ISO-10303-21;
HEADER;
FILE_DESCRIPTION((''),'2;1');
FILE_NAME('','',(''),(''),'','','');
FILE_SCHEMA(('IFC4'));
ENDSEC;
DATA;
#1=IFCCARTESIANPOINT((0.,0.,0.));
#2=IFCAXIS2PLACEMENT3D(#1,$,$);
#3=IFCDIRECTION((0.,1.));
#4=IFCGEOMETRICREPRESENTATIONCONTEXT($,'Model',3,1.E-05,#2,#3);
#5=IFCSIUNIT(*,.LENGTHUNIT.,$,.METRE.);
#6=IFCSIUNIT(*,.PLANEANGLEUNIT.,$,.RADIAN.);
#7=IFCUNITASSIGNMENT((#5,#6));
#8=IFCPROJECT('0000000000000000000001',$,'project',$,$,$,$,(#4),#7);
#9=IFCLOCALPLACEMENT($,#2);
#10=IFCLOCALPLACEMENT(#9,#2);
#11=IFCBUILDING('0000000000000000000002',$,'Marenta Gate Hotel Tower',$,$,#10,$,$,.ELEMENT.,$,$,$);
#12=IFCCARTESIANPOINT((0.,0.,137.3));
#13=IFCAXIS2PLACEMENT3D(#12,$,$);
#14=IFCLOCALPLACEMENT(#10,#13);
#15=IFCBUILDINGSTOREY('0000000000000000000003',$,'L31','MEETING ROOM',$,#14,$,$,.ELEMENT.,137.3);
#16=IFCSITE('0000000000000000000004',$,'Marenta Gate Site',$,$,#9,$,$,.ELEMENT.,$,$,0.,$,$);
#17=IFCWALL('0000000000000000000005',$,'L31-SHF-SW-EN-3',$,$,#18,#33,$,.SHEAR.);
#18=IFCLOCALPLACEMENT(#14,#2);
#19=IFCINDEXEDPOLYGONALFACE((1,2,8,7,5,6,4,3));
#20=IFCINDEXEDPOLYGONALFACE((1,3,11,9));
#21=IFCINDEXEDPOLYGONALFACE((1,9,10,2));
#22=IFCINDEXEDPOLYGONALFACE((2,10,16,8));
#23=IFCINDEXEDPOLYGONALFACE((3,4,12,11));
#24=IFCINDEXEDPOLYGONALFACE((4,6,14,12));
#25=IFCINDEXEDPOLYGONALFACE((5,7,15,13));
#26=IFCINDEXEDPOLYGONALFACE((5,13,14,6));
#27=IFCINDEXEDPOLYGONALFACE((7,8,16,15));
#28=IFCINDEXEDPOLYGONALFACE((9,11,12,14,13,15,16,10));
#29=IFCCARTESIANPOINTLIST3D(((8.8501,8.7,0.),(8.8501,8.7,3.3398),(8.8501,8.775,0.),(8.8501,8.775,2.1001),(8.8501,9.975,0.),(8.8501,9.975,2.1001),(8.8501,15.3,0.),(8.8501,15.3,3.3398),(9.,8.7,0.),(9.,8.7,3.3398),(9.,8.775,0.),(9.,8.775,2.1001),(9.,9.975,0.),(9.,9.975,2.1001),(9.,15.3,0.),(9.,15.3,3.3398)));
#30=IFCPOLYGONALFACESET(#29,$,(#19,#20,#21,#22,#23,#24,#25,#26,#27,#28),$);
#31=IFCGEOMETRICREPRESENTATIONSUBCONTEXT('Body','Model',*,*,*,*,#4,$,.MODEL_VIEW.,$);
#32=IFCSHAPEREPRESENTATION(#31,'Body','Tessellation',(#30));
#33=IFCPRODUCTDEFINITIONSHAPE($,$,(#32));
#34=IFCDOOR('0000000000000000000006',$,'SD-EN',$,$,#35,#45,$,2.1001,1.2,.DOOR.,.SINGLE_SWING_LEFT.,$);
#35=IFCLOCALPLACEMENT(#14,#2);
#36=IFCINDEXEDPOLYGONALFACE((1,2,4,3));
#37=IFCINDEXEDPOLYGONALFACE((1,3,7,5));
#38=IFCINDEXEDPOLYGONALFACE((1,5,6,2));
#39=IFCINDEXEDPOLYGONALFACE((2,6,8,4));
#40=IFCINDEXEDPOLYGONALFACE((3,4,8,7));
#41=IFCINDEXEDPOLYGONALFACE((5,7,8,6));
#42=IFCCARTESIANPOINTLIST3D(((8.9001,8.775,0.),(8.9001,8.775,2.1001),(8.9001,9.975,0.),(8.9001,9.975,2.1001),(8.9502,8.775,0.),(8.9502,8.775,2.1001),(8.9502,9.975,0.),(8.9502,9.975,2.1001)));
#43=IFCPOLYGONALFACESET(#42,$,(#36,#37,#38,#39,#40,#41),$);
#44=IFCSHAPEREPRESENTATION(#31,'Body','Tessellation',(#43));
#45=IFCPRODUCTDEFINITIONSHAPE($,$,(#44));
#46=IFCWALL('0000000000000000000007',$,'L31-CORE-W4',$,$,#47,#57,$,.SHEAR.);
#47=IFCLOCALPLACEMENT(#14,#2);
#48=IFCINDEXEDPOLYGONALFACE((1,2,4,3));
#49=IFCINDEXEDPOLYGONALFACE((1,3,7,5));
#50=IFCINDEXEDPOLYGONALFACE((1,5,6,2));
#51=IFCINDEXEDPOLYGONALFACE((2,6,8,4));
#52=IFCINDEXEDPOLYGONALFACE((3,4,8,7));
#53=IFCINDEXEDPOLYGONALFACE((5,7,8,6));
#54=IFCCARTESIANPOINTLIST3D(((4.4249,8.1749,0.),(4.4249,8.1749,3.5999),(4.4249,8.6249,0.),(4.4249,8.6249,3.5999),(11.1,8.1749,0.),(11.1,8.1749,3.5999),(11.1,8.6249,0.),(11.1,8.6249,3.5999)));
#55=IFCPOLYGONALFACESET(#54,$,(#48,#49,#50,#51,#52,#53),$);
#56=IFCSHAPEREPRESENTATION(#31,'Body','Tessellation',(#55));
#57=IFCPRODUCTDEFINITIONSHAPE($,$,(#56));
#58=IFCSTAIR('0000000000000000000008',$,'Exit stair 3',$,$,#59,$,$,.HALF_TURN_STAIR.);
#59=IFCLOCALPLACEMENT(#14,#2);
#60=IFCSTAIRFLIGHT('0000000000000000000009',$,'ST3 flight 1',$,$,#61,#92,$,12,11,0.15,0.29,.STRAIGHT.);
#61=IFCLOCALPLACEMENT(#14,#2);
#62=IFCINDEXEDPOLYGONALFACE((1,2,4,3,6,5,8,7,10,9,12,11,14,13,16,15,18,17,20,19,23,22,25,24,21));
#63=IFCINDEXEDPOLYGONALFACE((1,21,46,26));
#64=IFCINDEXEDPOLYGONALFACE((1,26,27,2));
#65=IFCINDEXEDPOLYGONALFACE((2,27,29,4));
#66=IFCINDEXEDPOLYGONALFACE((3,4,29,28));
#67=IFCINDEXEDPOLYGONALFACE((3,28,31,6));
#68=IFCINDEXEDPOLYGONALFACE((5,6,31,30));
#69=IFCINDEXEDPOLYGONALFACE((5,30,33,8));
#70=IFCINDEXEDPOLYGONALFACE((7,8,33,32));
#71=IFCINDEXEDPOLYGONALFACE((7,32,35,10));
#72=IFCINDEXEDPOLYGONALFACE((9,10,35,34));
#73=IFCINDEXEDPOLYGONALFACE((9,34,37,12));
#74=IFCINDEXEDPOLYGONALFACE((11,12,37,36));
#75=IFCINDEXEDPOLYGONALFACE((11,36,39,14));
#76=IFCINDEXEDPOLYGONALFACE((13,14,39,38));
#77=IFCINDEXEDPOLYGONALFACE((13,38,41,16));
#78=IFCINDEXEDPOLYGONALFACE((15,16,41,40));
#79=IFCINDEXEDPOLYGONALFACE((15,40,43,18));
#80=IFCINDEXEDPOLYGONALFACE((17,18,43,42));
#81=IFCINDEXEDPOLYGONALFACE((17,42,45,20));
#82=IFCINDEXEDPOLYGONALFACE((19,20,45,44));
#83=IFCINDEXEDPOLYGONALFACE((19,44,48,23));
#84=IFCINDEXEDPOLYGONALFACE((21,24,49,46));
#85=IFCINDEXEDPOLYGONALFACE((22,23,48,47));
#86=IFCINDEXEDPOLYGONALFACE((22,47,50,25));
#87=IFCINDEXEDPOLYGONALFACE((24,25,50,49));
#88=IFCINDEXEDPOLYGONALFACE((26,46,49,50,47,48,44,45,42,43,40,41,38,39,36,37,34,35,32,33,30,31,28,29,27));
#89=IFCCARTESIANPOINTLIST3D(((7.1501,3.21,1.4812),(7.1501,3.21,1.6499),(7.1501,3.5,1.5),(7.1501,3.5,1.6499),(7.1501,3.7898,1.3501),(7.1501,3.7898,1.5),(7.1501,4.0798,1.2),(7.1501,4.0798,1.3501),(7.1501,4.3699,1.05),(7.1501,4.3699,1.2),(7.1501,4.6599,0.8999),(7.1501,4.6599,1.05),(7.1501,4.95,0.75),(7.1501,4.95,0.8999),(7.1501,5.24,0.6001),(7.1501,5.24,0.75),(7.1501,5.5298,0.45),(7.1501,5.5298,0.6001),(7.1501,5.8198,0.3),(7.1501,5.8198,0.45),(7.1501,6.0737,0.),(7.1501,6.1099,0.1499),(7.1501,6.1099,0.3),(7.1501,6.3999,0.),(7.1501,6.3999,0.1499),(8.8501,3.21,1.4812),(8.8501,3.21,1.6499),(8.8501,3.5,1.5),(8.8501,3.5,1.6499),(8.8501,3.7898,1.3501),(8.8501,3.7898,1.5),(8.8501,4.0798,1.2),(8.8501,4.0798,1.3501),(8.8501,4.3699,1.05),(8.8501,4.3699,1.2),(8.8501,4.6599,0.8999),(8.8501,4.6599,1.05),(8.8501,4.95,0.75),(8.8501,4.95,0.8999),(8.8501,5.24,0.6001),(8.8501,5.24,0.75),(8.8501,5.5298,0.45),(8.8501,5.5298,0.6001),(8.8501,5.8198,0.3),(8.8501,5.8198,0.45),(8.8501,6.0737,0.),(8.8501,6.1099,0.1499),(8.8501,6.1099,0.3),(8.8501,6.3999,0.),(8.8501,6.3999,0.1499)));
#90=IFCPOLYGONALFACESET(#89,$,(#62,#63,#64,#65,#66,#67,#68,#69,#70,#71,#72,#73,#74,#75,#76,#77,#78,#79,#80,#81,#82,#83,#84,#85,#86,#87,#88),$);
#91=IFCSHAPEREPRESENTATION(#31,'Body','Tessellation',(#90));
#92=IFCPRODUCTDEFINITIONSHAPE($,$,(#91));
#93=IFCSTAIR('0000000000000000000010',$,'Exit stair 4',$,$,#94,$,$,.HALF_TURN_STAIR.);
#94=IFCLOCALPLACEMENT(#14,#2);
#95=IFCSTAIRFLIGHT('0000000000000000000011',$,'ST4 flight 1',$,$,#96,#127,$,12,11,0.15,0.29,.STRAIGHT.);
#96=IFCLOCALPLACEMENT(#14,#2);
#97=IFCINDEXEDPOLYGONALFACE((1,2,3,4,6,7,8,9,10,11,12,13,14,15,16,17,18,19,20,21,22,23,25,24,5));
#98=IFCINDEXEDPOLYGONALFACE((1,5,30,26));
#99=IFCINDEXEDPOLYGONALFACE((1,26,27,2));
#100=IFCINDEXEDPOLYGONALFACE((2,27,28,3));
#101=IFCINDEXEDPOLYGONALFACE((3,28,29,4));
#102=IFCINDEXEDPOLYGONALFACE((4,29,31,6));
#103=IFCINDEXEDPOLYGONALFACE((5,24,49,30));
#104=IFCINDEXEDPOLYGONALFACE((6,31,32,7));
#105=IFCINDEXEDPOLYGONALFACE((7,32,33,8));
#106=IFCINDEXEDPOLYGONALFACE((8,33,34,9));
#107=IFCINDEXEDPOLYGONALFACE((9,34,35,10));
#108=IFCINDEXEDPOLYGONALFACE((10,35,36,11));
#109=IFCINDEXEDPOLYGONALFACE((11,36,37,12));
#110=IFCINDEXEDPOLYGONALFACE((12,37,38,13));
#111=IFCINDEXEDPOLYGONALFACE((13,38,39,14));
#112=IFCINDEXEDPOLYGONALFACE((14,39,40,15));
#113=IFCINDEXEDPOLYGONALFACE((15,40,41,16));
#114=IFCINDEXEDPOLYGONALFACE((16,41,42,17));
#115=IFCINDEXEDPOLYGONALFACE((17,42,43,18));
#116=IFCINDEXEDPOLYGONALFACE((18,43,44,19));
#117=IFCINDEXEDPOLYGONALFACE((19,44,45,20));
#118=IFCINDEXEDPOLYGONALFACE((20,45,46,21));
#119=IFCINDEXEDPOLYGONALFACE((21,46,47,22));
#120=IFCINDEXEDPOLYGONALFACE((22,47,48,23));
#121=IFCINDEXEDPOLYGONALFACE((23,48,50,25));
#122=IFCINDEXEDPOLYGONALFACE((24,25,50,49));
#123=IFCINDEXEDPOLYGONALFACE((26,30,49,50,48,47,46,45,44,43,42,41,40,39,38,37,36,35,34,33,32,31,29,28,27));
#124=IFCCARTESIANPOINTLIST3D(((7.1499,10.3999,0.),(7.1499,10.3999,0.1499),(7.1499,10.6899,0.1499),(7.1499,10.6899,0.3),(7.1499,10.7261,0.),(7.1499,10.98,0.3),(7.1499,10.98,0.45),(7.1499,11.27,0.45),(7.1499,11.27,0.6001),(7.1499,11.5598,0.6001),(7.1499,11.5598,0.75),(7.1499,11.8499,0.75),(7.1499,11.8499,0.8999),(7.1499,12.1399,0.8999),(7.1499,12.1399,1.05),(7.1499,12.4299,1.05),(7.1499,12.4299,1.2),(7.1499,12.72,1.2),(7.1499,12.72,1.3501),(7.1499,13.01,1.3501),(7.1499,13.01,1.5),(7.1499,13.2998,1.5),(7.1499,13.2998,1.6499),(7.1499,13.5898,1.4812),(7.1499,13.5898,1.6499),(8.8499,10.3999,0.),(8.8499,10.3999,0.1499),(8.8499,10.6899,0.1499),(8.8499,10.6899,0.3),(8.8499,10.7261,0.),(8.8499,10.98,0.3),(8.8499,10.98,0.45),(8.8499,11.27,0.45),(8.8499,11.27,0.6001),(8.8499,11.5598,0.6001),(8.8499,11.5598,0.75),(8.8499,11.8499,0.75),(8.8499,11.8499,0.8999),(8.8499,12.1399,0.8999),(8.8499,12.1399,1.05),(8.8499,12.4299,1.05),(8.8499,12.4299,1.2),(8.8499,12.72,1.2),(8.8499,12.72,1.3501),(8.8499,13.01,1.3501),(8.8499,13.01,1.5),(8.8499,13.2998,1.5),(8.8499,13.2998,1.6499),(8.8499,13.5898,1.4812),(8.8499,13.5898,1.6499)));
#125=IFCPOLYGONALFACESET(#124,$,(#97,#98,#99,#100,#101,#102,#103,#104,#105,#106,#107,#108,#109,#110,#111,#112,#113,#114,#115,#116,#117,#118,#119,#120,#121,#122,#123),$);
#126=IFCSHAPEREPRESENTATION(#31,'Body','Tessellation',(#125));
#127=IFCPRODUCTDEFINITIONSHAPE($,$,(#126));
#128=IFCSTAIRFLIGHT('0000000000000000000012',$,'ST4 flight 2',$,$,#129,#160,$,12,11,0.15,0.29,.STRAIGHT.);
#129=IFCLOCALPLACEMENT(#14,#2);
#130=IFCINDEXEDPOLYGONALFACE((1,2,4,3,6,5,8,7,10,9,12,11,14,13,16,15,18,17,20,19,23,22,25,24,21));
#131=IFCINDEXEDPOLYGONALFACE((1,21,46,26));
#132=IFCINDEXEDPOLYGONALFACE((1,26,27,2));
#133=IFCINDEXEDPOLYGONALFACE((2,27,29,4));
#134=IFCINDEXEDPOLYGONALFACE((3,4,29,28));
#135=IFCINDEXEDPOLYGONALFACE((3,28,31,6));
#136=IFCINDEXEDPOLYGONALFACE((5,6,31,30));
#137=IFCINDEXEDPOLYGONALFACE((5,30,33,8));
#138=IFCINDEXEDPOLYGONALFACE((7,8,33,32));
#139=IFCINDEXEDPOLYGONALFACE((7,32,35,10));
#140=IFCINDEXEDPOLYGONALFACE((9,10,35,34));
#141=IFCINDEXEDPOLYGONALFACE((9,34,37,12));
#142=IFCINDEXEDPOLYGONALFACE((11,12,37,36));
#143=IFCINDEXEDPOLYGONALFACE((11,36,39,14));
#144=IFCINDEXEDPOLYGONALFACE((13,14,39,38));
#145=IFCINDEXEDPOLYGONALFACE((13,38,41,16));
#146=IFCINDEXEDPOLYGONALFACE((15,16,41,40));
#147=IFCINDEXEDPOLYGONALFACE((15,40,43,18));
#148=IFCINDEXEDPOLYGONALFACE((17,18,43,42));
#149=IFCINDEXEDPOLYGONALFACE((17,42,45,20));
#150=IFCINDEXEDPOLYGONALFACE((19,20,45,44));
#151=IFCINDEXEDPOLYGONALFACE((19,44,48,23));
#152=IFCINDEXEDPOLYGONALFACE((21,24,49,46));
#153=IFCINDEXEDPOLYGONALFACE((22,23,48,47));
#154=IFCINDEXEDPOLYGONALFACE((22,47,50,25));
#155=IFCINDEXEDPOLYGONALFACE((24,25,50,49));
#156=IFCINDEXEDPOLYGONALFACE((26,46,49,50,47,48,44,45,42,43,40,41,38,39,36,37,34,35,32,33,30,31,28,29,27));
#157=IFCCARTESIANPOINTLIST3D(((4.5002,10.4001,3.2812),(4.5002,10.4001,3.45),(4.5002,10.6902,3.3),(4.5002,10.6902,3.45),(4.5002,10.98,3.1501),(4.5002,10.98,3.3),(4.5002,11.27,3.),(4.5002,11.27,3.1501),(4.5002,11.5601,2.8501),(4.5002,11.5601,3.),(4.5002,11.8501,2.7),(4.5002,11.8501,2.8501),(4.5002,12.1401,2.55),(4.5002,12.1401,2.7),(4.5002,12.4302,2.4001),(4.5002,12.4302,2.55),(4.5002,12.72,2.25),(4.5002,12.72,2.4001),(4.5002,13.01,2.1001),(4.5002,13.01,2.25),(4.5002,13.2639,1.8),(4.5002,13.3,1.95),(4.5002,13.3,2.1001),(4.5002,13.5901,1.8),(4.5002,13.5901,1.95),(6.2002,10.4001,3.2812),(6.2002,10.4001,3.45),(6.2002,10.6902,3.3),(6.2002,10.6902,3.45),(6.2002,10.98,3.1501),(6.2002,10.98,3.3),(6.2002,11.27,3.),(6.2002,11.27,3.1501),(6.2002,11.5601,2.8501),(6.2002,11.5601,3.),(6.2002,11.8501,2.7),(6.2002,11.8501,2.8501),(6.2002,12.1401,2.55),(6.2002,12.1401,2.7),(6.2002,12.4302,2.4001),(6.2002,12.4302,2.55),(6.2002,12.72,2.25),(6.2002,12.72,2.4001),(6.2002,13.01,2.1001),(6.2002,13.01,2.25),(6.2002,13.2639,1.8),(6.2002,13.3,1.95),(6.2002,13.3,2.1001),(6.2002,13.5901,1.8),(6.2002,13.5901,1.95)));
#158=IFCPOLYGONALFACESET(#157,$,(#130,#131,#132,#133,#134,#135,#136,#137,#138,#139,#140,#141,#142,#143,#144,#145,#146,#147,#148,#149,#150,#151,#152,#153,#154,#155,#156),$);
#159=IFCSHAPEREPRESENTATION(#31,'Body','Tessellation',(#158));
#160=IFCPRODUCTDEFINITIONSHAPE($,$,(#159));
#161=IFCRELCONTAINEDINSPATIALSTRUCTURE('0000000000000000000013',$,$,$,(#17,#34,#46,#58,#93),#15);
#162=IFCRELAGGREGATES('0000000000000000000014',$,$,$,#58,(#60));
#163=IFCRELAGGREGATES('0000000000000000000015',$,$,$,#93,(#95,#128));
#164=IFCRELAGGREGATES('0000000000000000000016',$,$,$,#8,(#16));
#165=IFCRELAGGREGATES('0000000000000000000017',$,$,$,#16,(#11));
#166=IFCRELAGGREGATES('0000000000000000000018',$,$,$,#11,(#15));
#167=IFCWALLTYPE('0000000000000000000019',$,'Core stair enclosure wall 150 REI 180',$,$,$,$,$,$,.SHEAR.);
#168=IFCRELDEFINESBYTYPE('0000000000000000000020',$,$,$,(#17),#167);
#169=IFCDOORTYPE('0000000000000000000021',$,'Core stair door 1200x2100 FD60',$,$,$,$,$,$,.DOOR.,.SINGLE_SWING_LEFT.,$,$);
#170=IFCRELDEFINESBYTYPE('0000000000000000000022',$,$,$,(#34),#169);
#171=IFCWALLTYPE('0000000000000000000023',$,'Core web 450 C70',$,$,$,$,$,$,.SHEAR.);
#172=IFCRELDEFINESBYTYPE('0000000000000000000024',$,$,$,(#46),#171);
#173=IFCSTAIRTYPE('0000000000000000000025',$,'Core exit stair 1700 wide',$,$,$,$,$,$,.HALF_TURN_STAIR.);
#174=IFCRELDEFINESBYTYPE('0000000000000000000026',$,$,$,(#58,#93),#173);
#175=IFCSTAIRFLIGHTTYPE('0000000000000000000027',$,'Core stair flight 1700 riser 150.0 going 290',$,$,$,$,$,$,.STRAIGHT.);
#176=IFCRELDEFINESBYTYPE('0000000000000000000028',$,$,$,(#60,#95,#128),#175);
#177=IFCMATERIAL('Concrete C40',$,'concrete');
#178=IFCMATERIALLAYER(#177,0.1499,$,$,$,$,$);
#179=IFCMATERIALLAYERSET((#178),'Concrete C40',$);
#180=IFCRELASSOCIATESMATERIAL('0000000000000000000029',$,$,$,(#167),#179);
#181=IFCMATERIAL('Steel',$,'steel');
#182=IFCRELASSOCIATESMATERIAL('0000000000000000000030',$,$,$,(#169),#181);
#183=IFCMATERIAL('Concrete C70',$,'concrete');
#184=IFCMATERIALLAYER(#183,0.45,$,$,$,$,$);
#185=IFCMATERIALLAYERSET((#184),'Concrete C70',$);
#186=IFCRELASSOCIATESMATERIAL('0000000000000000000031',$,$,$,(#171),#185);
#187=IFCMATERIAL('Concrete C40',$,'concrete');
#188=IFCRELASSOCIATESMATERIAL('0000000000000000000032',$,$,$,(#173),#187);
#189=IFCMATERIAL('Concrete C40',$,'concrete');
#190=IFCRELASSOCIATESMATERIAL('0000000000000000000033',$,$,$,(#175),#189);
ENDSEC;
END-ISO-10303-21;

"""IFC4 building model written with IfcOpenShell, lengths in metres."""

from ifc_helpers import new_model, si_unit, direction, frame, frame_2d, origin, place, context, subcontext, project, spatial, polyline, rectangle, outline, extrude, material, layer, layer_set, type_object, element, fill, aggregate, save


model = new_model("IFC4")

# Units and contexts
model_context = context("Model", 3, precision=1e-05, world=origin(), true_north=direction((0.0, 1.0)))
body_context = subcontext(model_context, "Body", "Model", "MODEL_VIEW")
ifc_project = project(units=[si_unit("LENGTHUNIT", "METRE"), si_unit("PLANEANGLEUNIT", "RADIAN")], contexts=[model_context])

# Site, building, storey
site_placement = place(None, origin())
site = spatial("IfcSite", under=ifc_project, at=site_placement, Name="Marenta Gate Site", CompositionType="ELEMENT", RefElevation=0.0)
building_placement = place(site_placement, origin())
building = spatial("IfcBuilding", under=site, at=building_placement, Name="Marenta Gate Hotel Tower", CompositionType="ELEMENT")
storey_placement = place(building_placement, frame((0.0, 0.0, 137.3)))
storey = spatial("IfcBuildingStorey", under=building, at=storey_placement, Name="L31", Description="MEETING ROOM", CompositionType="ELEMENT", Elevation=137.3)

# Wall, opening, door
ifc_material_1 = material(Name="Concrete C40", Category="concrete")
ifc_layer_1 = layer(ifc_material_1, 0.1499)
ifc_layer_set_1 = layer_set([ifc_layer_1], Name="Concrete C40")
wall_type_1 = type_object("IfcWallType", Name="Core stair enclosure wall 150 REI 180", PredefinedType="SHEAR", material=ifc_layer_set_1)
wall_1_placement = place(storey_placement, frame((8.925, 8.7, 0.0), z_axis=(0.0, 0.0, 1.0), x_axis=(0.0, 1.0, 0.0)))
wall_1 = element("IfcWall", 1, at=wall_1_placement, inside=storey, type_object=wall_type_1, Name="L31-SHF-SW-EN-3", PredefinedType="SHEAR", context=body_context, shape_type="SweptSolid", body=[
    extrude(rectangle(XDim=6.6001, YDim=0.1499, at=frame_2d((3.3, 0.0))), origin(), (0.0, 0.0, 1.0), 3.3398),
])
opening_1_placement = place(wall_1_placement, frame((0.075, 0.0, 0.0)))
opening_1 = element("IfcOpeningElement", 2, at=opening_1_placement, cuts=wall_1, PredefinedType="OPENING", context=body_context, shape_type="SweptSolid", body=[
    extrude(rectangle(XDim=1.2, YDim=2.1001, at=frame_2d((0.6001, 1.05))), frame((0.0, 0.075, 0.0), z_axis=(0.0, -1.0, 0.0), x_axis=(1.0, 0.0, 0.0)), (0.0, 0.0, 1.0), 0.1499),
])
ifc_material_2 = material(Name="Steel", Category="steel")
door_type_1 = type_object("IfcDoorType", Name="Core stair door 1200x2100 FD60", OperationType="SINGLE_SWING_LEFT", PredefinedType="DOOR", material=ifc_material_2)
door_1_placement = place(opening_1_placement, origin())
door_1 = element("IfcDoor", 3, at=door_1_placement, inside=storey, type_object=door_type_1, Name="SD-EN", OperationType="SINGLE_SWING_LEFT", OverallHeight=2.1001, OverallWidth=1.2, PredefinedType="DOOR", context=body_context, shape_type="SweptSolid", body=[
    extrude(rectangle(XDim=1.2, YDim=2.1001, at=frame_2d((0.6001, 1.05))), frame((0.0, 0.0249, 0.0), z_axis=(0.0, -1.0, 0.0), x_axis=(1.0, 0.0, 0.0)), (0.0, 0.0, 1.0), 0.05),
])
fill(opening_1, door_1)

# Wall
ifc_material_3 = material(Name="Concrete C70", Category="concrete")
ifc_layer_2 = layer(ifc_material_3, 0.45)
ifc_layer_set_2 = layer_set([ifc_layer_2], Name="Concrete C70")
wall_type_2 = type_object("IfcWallType", Name="Core web 450 C70", PredefinedType="SHEAR", material=ifc_layer_set_2)
wall_2_placement = place(storey_placement, frame((4.425, 8.3999, 0.0), z_axis=(0.0, 0.0, 1.0), x_axis=(1.0, 0.0, 0.0)))
element("IfcWall", 4, at=wall_2_placement, inside=storey, type_object=wall_type_2, Name="L31-CORE-W4", PredefinedType="SHEAR", context=body_context, shape_type="SweptSolid", body=[
    extrude(rectangle(XDim=6.675, YDim=0.45, at=frame_2d((3.3374, 0.0))), origin(), (0.0, 0.0, 1.0), 3.5999),
])

# Stair, stair flight
ifc_material_4 = material(Name="Concrete C40", Category="concrete")
stair_type = type_object("IfcStairType", Name="Core exit stair 1700 wide", PredefinedType="HALF_TURN_STAIR", material=ifc_material_4)
stair_1_placement = place(storey_placement, origin())
stair_1 = element("IfcStair", 5, at=stair_1_placement, inside=storey, type_object=stair_type, Name="Exit stair 3", PredefinedType="HALF_TURN_STAIR")
ifc_material_5 = material(Name="Concrete C40", Category="concrete")
stair_flight_type = type_object("IfcStairFlightType", Name="Core stair flight 1700 riser 150.0 going 290", PredefinedType="STRAIGHT", material=ifc_material_5)
stair_flight_1_placement = place(storey_placement, frame((8.0, 6.3999, 0.0), z_axis=(0.0, 0.0, 1.0), x_axis=(0.0, -1.0, 0.0)))
stair_flight_1 = element("IfcStairFlight", 6, at=stair_flight_1_placement, type_object=stair_flight_type, Name="ST3 flight 1", NumberOfRisers=12, NumberOfTreads=11, PredefinedType="STRAIGHT", RiserHeight=0.15, TreadLength=0.29, context=body_context, shape_type="SweptSolid", body=[
    extrude(outline(polyline([(0.0, 0.0), (0.0, 0.1499), (0.29, 0.1499), (0.29, 0.3), (0.5801, 0.3), (0.5801, 0.45), (0.8701, 0.45), (0.8701, 0.6001), (1.1599, 0.6001), (1.1599, 0.75), (1.45, 0.75), (1.45, 0.8999), (1.74, 0.8999), (1.74, 1.05), (2.03, 1.05), (2.03, 1.2), (2.3201, 1.2), (2.3201, 1.3501), (2.6101, 1.3501), (2.6101, 1.5), (2.8999, 1.5), (2.8999, 1.6499), (3.1899, 1.6499), (3.1899, 1.8), (3.1899, 1.4812), (0.3262, 0.0), (0.0, 0.0)])), frame((0.0, 0.8501, 0.0), z_axis=(0.0, -1.0, 0.0), x_axis=(1.0, 0.0, 0.0)), (0.0, 0.0, 1.0), 1.7),
])
aggregate(stair_1, [stair_flight_1])

# Stair, stair flights
stair_2_placement = place(storey_placement, origin())
stair_2 = element("IfcStair", 7, at=stair_2_placement, inside=storey, type_object=stair_type, Name="Exit stair 4", PredefinedType="HALF_TURN_STAIR")
stair_flight_2_placement = place(storey_placement, frame((8.0, 10.3999, 0.0), z_axis=(0.0, 0.0, 1.0), x_axis=(0.0, 1.0, 0.0)))
stair_flight_2 = element("IfcStairFlight", 8, at=stair_flight_2_placement, type_object=stair_flight_type, Name="ST4 flight 1", NumberOfRisers=12, NumberOfTreads=11, PredefinedType="STRAIGHT", RiserHeight=0.15, TreadLength=0.29, context=body_context, shape_type="SweptSolid", body=[
    extrude(outline(polyline([(0.0, 0.0), (0.0, 0.1499), (0.29, 0.1499), (0.29, 0.3), (0.5801, 0.3), (0.5801, 0.45), (0.8701, 0.45), (0.8701, 0.6001), (1.1599, 0.6001), (1.1599, 0.75), (1.45, 0.75), (1.45, 0.8999), (1.74, 0.8999), (1.74, 1.05), (2.03, 1.05), (2.03, 1.2), (2.3201, 1.2), (2.3201, 1.3501), (2.6101, 1.3501), (2.6101, 1.5), (2.8999, 1.5), (2.8999, 1.6499), (3.1899, 1.6499), (3.1899, 1.8), (3.1899, 1.4812), (0.3262, 0.0), (0.0, 0.0)])), frame((0.0, 0.8501, 0.0), z_axis=(0.0, -1.0, 0.0), x_axis=(1.0, 0.0, 0.0)), (0.0, 0.0, 1.0), 1.7),
])
stair_flight_3_placement = place(storey_placement, frame((5.3501, 13.5901, 1.8), z_axis=(0.0, 0.0, 1.0), x_axis=(0.0, -1.0, 0.0)))
stair_flight_3 = element("IfcStairFlight", 9, at=stair_flight_3_placement, type_object=stair_flight_type, Name="ST4 flight 2", NumberOfRisers=12, NumberOfTreads=11, PredefinedType="STRAIGHT", RiserHeight=0.15, TreadLength=0.29, context=body_context, shape_type="SweptSolid", body=[
    extrude(outline(polyline([(0.0, 0.0), (0.0, 0.1499), (0.29, 0.1499), (0.29, 0.3), (0.5801, 0.3), (0.5801, 0.45), (0.8701, 0.45), (0.8701, 0.6001), (1.1599, 0.6001), (1.1599, 0.75), (1.45, 0.75), (1.45, 0.8999), (1.74, 0.8999), (1.74, 1.05), (2.03, 1.05), (2.03, 1.2), (2.3201, 1.2), (2.3201, 1.3501), (2.6101, 1.3501), (2.6101, 1.5), (2.8999, 1.5), (2.8999, 1.6499), (3.1899, 1.6499), (3.1899, 1.8), (3.1899, 1.4812), (0.3262, 0.0), (0.0, 0.0)])), frame((0.0, 0.8501, 0.0), z_axis=(0.0, -1.0, 0.0), x_axis=(1.0, 0.0, 0.0)), (0.0, 0.0, 1.0), 1.7),
])
aggregate(stair_2, [stair_flight_2, stair_flight_3])

save(model, "model.ifc")
